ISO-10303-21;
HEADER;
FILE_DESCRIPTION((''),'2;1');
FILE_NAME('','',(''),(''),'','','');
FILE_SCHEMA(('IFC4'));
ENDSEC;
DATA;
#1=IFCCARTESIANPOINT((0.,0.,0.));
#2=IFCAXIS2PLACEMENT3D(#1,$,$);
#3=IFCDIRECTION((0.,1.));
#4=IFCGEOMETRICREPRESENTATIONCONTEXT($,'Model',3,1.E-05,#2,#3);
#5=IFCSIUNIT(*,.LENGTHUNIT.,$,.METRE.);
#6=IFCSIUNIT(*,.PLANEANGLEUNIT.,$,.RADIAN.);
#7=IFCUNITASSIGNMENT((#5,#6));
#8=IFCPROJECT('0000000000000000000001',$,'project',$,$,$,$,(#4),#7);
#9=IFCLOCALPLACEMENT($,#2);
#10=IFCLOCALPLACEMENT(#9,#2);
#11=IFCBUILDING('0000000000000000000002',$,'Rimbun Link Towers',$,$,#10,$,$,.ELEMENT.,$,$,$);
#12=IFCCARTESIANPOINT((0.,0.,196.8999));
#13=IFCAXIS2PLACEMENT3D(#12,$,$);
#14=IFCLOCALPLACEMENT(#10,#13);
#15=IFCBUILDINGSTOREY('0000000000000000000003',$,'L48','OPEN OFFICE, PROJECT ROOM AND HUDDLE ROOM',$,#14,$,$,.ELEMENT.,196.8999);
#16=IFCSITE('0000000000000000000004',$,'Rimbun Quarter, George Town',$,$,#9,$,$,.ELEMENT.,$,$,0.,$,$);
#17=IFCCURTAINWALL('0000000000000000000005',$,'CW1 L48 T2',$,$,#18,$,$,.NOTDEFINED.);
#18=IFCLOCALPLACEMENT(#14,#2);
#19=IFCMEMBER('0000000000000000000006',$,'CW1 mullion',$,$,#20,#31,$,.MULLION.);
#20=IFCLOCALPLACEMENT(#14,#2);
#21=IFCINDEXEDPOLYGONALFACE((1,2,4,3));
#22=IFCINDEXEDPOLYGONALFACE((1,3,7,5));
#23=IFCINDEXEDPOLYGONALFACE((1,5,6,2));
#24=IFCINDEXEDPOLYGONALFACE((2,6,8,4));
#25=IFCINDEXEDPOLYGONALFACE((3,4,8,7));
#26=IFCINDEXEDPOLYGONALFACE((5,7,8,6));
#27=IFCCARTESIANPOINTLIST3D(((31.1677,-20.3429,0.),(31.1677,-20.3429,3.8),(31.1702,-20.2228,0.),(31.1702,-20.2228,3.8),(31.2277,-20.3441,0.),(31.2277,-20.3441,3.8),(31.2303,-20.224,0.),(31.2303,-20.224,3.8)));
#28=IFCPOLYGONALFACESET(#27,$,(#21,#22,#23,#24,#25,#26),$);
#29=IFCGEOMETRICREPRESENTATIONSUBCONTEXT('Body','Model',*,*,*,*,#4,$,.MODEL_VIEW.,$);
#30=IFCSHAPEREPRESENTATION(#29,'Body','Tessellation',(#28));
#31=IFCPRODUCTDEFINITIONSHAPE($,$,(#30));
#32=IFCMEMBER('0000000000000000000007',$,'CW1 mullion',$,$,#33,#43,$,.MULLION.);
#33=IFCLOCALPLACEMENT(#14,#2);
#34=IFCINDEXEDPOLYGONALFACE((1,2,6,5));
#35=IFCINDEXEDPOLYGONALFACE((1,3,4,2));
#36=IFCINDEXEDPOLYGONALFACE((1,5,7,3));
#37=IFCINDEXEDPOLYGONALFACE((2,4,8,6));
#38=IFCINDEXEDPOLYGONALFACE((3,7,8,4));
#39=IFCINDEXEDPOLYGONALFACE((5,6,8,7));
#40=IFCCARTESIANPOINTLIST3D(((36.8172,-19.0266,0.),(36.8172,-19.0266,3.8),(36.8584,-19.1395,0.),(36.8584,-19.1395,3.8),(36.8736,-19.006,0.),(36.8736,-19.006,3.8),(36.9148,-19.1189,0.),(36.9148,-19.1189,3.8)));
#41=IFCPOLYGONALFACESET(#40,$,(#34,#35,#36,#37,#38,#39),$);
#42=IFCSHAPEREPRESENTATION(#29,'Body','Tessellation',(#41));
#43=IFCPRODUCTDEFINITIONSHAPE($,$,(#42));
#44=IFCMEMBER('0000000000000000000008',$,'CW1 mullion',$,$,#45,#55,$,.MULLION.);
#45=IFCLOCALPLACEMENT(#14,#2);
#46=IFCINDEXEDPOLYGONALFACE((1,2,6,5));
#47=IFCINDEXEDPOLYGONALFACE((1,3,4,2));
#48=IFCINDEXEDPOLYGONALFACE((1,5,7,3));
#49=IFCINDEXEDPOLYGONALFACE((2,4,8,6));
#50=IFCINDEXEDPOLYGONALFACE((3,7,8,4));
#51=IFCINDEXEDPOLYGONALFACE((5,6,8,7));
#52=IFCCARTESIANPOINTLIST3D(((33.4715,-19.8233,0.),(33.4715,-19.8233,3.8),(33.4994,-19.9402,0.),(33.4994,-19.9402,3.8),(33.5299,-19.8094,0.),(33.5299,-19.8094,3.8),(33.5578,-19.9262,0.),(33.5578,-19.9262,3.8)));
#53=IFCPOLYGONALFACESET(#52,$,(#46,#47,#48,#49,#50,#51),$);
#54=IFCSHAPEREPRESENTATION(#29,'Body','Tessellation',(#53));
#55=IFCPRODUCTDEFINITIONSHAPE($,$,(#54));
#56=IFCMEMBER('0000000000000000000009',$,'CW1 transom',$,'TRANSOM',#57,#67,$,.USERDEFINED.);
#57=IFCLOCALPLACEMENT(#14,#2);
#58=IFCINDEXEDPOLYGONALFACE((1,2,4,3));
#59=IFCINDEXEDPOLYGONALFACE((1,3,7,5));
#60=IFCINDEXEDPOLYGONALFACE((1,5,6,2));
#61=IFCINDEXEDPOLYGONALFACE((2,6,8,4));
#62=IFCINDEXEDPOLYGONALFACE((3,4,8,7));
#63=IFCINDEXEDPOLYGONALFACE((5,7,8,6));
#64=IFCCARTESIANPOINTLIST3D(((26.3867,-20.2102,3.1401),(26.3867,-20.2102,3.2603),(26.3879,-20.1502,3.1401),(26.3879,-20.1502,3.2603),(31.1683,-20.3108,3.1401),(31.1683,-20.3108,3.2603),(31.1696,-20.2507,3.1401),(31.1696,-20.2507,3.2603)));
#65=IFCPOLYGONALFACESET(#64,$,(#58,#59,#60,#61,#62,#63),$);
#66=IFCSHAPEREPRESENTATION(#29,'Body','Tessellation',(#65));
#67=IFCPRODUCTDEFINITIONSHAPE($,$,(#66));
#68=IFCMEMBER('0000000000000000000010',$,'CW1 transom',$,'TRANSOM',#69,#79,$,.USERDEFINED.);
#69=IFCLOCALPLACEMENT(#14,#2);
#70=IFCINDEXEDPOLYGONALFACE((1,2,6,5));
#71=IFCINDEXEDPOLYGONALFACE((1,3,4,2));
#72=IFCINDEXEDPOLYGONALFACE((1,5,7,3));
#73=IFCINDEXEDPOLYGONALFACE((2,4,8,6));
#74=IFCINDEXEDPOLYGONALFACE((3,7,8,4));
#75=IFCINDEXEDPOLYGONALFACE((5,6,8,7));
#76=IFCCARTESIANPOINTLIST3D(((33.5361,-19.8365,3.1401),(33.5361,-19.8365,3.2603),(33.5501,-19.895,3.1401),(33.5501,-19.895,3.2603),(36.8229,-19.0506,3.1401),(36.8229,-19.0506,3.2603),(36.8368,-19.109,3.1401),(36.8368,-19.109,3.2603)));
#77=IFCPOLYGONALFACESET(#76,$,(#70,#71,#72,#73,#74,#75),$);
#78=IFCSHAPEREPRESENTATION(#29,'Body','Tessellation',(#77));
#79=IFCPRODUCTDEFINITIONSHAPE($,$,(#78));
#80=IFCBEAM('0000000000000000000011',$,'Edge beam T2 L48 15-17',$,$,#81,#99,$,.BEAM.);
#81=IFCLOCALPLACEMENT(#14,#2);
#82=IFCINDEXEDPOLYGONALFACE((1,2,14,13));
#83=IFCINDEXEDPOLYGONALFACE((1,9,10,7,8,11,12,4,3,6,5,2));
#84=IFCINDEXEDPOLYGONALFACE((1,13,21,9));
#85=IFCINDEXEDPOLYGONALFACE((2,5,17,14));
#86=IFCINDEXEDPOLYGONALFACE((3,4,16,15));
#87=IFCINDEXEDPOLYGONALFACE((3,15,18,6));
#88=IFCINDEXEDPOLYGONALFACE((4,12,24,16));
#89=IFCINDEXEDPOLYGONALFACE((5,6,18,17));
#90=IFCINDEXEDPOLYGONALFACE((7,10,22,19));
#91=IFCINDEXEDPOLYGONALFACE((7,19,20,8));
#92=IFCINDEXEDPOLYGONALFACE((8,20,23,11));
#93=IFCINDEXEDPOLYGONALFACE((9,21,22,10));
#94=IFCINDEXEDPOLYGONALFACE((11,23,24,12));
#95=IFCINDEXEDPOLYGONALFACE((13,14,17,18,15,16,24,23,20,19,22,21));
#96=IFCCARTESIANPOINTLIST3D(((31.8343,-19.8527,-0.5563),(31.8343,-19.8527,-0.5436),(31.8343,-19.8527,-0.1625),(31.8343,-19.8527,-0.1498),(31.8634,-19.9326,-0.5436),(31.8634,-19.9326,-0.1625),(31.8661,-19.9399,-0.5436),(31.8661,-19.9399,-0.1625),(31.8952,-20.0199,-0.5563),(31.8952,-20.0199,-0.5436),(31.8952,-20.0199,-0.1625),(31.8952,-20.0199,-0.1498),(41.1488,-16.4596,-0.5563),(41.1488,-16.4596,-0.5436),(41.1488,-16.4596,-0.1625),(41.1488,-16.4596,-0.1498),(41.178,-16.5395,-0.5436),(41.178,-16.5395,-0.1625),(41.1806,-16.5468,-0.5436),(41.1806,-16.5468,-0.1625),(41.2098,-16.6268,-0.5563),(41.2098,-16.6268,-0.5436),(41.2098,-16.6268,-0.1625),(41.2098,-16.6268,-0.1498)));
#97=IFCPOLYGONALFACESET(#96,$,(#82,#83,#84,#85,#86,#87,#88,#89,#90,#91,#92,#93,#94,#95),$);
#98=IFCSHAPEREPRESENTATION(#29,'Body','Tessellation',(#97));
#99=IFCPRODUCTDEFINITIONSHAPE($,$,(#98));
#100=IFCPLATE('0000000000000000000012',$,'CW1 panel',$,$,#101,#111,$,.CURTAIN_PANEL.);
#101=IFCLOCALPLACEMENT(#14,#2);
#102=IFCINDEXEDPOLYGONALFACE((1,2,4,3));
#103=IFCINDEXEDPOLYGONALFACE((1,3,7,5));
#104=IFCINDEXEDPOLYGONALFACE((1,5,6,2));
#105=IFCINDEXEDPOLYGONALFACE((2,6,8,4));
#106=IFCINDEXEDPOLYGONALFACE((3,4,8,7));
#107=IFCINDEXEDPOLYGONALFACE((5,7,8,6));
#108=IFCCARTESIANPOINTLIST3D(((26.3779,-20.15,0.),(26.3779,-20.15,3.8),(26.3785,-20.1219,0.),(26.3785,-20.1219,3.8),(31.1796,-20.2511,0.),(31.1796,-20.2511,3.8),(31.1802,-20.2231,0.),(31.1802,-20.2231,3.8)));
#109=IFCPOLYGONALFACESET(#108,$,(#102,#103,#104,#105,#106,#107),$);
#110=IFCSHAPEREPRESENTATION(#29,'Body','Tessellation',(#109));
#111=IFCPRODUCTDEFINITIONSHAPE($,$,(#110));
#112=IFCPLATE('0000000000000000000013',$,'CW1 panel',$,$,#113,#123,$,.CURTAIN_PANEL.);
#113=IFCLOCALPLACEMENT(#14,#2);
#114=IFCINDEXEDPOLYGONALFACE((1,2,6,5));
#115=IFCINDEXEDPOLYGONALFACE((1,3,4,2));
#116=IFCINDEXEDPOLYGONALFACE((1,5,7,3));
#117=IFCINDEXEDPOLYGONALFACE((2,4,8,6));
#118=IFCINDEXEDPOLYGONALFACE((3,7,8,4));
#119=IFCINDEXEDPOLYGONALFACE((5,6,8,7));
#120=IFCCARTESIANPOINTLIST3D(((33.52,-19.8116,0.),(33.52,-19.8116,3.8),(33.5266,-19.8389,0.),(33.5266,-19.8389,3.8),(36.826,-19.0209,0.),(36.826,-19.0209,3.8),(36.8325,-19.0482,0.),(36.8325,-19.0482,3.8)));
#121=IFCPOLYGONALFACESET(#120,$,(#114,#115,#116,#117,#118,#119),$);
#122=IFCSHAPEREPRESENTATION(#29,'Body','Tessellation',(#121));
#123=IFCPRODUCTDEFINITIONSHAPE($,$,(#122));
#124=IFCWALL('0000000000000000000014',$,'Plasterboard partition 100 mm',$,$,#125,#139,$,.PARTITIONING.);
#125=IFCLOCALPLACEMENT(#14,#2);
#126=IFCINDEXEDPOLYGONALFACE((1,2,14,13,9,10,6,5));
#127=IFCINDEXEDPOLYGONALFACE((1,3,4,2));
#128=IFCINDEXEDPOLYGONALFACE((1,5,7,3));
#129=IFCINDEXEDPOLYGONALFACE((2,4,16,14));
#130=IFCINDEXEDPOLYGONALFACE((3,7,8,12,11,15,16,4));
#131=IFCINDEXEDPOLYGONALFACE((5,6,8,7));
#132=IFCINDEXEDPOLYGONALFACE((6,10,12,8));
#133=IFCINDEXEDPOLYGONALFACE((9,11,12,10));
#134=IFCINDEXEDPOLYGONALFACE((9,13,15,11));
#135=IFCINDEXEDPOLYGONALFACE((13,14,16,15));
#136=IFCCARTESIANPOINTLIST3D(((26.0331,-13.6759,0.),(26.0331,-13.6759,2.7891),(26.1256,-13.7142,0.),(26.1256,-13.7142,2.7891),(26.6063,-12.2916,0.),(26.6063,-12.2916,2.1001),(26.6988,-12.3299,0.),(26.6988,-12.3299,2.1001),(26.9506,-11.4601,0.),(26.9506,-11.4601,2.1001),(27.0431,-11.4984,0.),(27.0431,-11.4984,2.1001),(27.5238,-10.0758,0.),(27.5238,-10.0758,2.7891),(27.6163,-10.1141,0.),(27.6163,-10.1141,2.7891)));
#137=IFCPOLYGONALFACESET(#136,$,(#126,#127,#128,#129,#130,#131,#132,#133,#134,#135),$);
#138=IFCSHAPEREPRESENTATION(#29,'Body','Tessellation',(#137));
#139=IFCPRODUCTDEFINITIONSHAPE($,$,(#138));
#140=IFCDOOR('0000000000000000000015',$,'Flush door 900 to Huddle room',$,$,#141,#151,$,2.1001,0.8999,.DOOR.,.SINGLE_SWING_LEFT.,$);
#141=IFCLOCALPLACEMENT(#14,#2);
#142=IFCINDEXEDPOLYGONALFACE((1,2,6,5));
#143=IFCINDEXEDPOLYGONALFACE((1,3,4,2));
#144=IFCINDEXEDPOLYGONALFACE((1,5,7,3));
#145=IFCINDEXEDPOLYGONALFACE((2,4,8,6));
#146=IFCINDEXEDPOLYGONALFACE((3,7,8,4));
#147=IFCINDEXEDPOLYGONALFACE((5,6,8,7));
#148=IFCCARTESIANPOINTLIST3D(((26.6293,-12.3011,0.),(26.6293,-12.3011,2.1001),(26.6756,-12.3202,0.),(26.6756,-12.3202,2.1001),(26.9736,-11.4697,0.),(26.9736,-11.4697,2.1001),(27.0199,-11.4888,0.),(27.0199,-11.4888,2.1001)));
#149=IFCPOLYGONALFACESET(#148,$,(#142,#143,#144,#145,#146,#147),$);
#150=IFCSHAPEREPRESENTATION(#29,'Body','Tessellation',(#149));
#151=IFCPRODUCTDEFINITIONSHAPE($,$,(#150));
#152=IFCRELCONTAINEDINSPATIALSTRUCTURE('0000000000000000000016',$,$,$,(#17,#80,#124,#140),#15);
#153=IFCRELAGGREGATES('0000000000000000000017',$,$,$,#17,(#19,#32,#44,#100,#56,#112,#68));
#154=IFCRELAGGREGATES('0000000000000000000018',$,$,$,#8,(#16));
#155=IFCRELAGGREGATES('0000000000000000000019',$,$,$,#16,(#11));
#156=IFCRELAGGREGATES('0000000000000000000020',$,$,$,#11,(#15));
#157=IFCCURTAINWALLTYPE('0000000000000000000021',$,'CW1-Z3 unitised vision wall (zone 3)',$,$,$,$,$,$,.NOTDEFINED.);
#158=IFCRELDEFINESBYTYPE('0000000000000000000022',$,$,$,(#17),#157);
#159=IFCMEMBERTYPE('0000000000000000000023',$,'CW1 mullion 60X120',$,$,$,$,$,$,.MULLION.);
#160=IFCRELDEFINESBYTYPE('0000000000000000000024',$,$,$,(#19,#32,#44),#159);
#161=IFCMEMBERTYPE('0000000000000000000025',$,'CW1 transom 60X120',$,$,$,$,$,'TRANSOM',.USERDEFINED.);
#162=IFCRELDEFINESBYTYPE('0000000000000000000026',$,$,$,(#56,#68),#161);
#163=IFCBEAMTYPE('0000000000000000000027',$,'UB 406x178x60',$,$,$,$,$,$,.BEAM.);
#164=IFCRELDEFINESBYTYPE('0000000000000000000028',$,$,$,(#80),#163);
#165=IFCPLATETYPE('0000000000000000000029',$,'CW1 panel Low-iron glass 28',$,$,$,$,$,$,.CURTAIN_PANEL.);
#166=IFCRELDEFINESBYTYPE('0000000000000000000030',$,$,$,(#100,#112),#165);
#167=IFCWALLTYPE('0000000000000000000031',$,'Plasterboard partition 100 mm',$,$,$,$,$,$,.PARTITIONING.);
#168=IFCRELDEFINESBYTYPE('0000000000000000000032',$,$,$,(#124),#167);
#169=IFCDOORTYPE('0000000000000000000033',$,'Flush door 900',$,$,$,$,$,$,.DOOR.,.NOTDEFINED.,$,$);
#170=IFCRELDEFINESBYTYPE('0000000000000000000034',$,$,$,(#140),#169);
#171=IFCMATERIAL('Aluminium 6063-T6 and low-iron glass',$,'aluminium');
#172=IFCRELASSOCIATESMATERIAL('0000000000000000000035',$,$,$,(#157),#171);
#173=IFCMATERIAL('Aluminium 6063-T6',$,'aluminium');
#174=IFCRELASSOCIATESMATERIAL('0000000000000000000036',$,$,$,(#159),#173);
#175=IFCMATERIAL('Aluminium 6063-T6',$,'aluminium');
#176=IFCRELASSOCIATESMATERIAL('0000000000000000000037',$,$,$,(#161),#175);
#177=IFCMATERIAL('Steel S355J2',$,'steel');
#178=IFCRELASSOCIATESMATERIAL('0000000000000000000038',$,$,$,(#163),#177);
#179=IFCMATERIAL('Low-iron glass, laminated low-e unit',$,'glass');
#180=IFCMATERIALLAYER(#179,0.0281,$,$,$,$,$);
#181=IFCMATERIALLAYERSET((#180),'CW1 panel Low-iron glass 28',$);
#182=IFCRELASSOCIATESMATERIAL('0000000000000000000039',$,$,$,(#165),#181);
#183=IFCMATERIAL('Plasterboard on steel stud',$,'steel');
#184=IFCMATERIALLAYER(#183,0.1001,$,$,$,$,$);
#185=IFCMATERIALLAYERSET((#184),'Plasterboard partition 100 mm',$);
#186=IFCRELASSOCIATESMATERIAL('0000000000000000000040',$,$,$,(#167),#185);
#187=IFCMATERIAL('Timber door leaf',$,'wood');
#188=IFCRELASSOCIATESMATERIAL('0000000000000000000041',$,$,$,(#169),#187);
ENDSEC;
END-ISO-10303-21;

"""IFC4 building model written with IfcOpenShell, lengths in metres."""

from ifc_helpers import new_model, si_unit, direction, frame, frame_2d, origin, origin_2d, place, context, subcontext, project, spatial, rectangle, i_section, extrude, material, layer, layer_set, material_profile, profile_set, type_object, element, fill, aggregate, save


model = new_model("IFC4")

# Units and contexts
model_context = context("Model", 3, precision=1e-05, world=origin(), true_north=direction((0.0, 1.0)))
body_context = subcontext(model_context, "Body", "Model", "MODEL_VIEW")
ifc_project = project(units=[si_unit("LENGTHUNIT", "METRE"), si_unit("PLANEANGLEUNIT", "RADIAN")], contexts=[model_context])

# Site, building, storey
site_placement = place(None, origin())
site = spatial("IfcSite", under=ifc_project, at=site_placement, Name="Rimbun Quarter, George Town", CompositionType="ELEMENT", RefElevation=0.0)
building_placement = place(site_placement, origin())
building = spatial("IfcBuilding", under=site, at=building_placement, Name="Rimbun Link Towers", CompositionType="ELEMENT")
storey_placement = place(building_placement, frame((0.0, 0.0, 196.8999)))
storey = spatial("IfcBuildingStorey", under=building, at=storey_placement, Name="L48", Description="OPEN OFFICE, PROJECT ROOM AND HUDDLE ROOM", CompositionType="ELEMENT", Elevation=196.8999)

# Curtain wall, members
ifc_material_1 = material(Name="Aluminium 6063-T6 and low-iron glass", Category="aluminium")
curtain_wall_type = type_object("IfcCurtainWallType", Name="CW1-Z3 unitised vision wall (zone 3)", PredefinedType="NOTDEFINED", material=ifc_material_1)
curtain_wall_placement = place(storey_placement, origin())
curtain_wall = element("IfcCurtainWall", 1, at=curtain_wall_placement, inside=storey, type_object=curtain_wall_type, Name="CW1 L48 T2", PredefinedType="NOTDEFINED")
ifc_material_2 = material(Name="Aluminium 6063-T6", Category="aluminium")
ifc_material_profile_1 = material_profile(ifc_material_2, rectangle(XDim=0.1201, YDim=0.0601, at=origin_2d()), Name="MULLION 60X120")
ifc_profile_set_1 = profile_set([ifc_material_profile_1], Name="Aluminium 6063-T6")
member_type_1 = type_object("IfcMemberType", Name="CW1 mullion 60X120", PredefinedType="MULLION", material=ifc_profile_set_1)
member_1_placement = place(storey_placement, frame((31.199, -20.2834, 0.0), z_axis=(0.0, 0.0, 1.0), x_axis=(-0.021066, -0.999778, 0.0)))
member_1 = element("IfcMember", 2, at=member_1_placement, type_object=member_type_1, Name="CW1 mullion", PredefinedType="MULLION", context=body_context, shape_type="SweptSolid", body=[
    extrude(rectangle(XDim=0.1201, YDim=0.0601, at=origin_2d()), origin(), (0.0, 0.0, 1.0), 3.8),
])
member_2_placement = place(storey_placement, frame((36.866, -19.0728, 0.0), z_axis=(0.0, 0.0, 1.0), x_axis=(0.342972, -0.939346, 0.0)))
member_2 = element("IfcMember", 3, at=member_2_placement, type_object=member_type_1, Name="CW1 mullion", PredefinedType="MULLION", context=body_context, shape_type="SweptSolid", body=[
    extrude(rectangle(XDim=0.1201, YDim=0.0601, at=origin_2d()), origin(), (0.0, 0.0, 1.0), 3.8),
])
member_3_placement = place(storey_placement, frame((33.5146, -19.8748, 0.0), z_axis=(0.0, 0.0, 1.0), x_axis=(0.232616, -0.972569, 0.0)))
member_3 = element("IfcMember", 4, at=member_3_placement, type_object=member_type_1, Name="CW1 mullion", PredefinedType="MULLION", context=body_context, shape_type="SweptSolid", body=[
    extrude(rectangle(XDim=0.1201, YDim=0.0601, at=origin_2d()), origin(), (0.0, 0.0, 1.0), 3.8),
])
ifc_material_3 = material(Name="Aluminium 6063-T6", Category="aluminium")
ifc_material_profile_2 = material_profile(ifc_material_3, rectangle(XDim=0.0601, YDim=0.1201, at=origin_2d()), Name="TRANSOM 60X120")
ifc_profile_set_2 = profile_set([ifc_material_profile_2], Name="Aluminium 6063-T6")
member_type_2 = type_object("IfcMemberType", Name="CW1 transom 60X120", ElementType="TRANSOM", PredefinedType="USERDEFINED", material=ifc_profile_set_2)
member_4_placement = place(storey_placement, frame((31.1689, -20.2808, 3.2002), z_axis=(-0.999779, 0.021031, 0.0), x_axis=(-0.021031, -0.999779, 0.0)))
member_4 = element("IfcMember", 5, at=member_4_placement, type_object=member_type_2, Name="CW1 transom", ObjectType="TRANSOM", PredefinedType="USERDEFINED", context=body_context, shape_type="SweptSolid", body=[
    extrude(rectangle(XDim=0.0601, YDim=0.1201, at=origin_2d()), origin(), (0.0, 0.0, 1.0), 4.7827),
])
member_5_placement = place(storey_placement, frame((36.8298, -19.0798, 3.2002), z_axis=(-0.972582, -0.232561, 0.0), x_axis=(0.232561, -0.972582, 0.0)))
member_5 = element("IfcMember", 6, at=member_5_placement, type_object=member_type_2, Name="CW1 transom", ObjectType="TRANSOM", PredefinedType="USERDEFINED", context=body_context, shape_type="SweptSolid", body=[
    extrude(rectangle(XDim=0.0601, YDim=0.1201, at=origin_2d()), origin(), (0.0, 0.0, 1.0), 3.3794),
])

# Beam
ifc_material_4 = material(Name="Steel S355J2", Category="steel")
ifc_material_profile_3 = material_profile(ifc_material_4, i_section(OverallWidth=0.178, OverallDepth=0.4065, WebThickness=0.0078, FlangeThickness=0.0127, at=origin_2d()), Name="UB 406x178x60")
ifc_profile_set_3 = profile_set([ifc_material_profile_3], Name="Steel S355J2")
beam_type = type_object("IfcBeamType", Name="UB 406x178x60", PredefinedType="BEAM", material=ifc_profile_set_3)
beam_placement = place(storey_placement, frame((31.8647, -19.9363, -0.353), z_axis=(0.939599, 0.342277, 0.0), x_axis=(-0.342277, 0.939599, 0.0)))
element("IfcBeam", 7, at=beam_placement, inside=storey, type_object=beam_type, Name="Edge beam T2 L48 15-17", PredefinedType="BEAM", context=body_context, shape_type="SweptSolid", body=[
    extrude(i_section(OverallWidth=0.178, OverallDepth=0.4065, WebThickness=0.0078, FlangeThickness=0.0127, at=origin_2d()), origin(), (0.0, 0.0, 1.0), 9.9133),
])

# Plates
ifc_material_5 = material(Name="Low-iron glass, laminated low-e unit", Category="glass")
ifc_layer_1 = layer(ifc_material_5, 0.0281)
ifc_layer_set_1 = layer_set([ifc_layer_1], Name="CW1 panel Low-iron glass 28")
plate_type = type_object("IfcPlateType", Name="CW1 panel Low-iron glass 28", PredefinedType="CURTAIN_PANEL", material=ifc_layer_set_1)
plate_1_placement = place(storey_placement, frame((28.7791, -20.1865, 0.0), z_axis=(0.0, 0.0, 1.0), x_axis=(-0.999778, 0.021066, 0.0)))
plate_1 = element("IfcPlate", 8, at=plate_1_placement, type_object=plate_type, Name="CW1 panel", PredefinedType="CURTAIN_PANEL", context=body_context, shape_type="SweptSolid", body=[
    extrude(rectangle(XDim=4.8027, YDim=0.0281, at=origin_2d()), origin(), (0.0, 0.0, 1.0), 3.8),
])
plate_2_placement = place(storey_placement, frame((35.1763, -19.4299, 0.0), z_axis=(0.0, 0.0, 1.0), x_axis=(-0.972569, -0.232616, 0.0)))
plate_2 = element("IfcPlate", 9, at=plate_2_placement, type_object=plate_type, Name="CW1 panel", PredefinedType="CURTAIN_PANEL", context=body_context, shape_type="SweptSolid", body=[
    extrude(rectangle(XDim=3.3992, YDim=0.0281, at=origin_2d()), origin(), (0.0, 0.0, 1.0), 3.8),
])
aggregate(curtain_wall, [member_1, member_2, member_3, plate_1, member_4, plate_2, member_5])

# Wall, opening, door
ifc_material_6 = material(Name="Plasterboard on steel stud", Category="steel")
ifc_layer_2 = layer(ifc_material_6, 0.1001)
ifc_layer_set_2 = layer_set([ifc_layer_2], Name="Plasterboard partition 100 mm")
wall_type = type_object("IfcWallType", Name="Plasterboard partition 100 mm", PredefinedType="PARTITIONING", material=ifc_layer_set_2)
wall_1_placement = place(storey_placement, frame((27.5701, -10.095, 0.0), z_axis=(0.0, 0.0, 1.0), x_axis=(-0.382577, -0.923924, 0.0)))
wall_1 = element("IfcWall", 10, at=wall_1_placement, inside=storey, type_object=wall_type, Name="Plasterboard partition 100 mm", PredefinedType="PARTITIONING", context=body_context, shape_type="SweptSolid", body=[
    extrude(rectangle(XDim=3.8965, YDim=0.1001, at=frame_2d((1.9482, 0.0))), origin(), (0.0, 0.0, 1.0), 2.7891),
])
opening_1_placement = place(wall_1_placement, frame((1.4983, 0.0, 0.0)))
opening_1 = element("IfcOpeningElement", 11, at=opening_1_placement, cuts=wall_1, PredefinedType="OPENING", context=body_context, shape_type="SweptSolid", body=[
    extrude(rectangle(XDim=0.8999, YDim=2.1001, at=frame_2d((0.45, 1.05))), frame((0.0, 0.0601, 0.0), z_axis=(0.0, -1.0, 0.0), x_axis=(1.0, 0.0, 0.0)), (0.0, 0.0, 1.0), 0.1201),
])
ifc_material_7 = material(Name="Timber door leaf", Category="wood")
door_type_1 = type_object("IfcDoorType", Name="Flush door 900", OperationType="NOTDEFINED", PredefinedType="DOOR", material=ifc_material_7)
door_1_placement = place(opening_1_placement, origin())
door_1 = element("IfcDoor", 12, at=door_1_placement, inside=storey, type_object=door_type_1, Name="Flush door 900 to Huddle room", OperationType="SINGLE_SWING_LEFT", OverallHeight=2.1001, OverallWidth=0.8999, PredefinedType="DOOR", context=body_context, shape_type="SweptSolid", body=[
    extrude(rectangle(XDim=0.8999, YDim=2.1001, at=frame_2d((0.45, 1.05))), frame((0.0, 0.0249, 0.0), z_axis=(0.0, -1.0, 0.0), x_axis=(1.0, 0.0, 0.0)), (0.0, 0.0, 1.0), 0.05),
])
fill(opening_1, door_1)

save(model, "model.ifc")
